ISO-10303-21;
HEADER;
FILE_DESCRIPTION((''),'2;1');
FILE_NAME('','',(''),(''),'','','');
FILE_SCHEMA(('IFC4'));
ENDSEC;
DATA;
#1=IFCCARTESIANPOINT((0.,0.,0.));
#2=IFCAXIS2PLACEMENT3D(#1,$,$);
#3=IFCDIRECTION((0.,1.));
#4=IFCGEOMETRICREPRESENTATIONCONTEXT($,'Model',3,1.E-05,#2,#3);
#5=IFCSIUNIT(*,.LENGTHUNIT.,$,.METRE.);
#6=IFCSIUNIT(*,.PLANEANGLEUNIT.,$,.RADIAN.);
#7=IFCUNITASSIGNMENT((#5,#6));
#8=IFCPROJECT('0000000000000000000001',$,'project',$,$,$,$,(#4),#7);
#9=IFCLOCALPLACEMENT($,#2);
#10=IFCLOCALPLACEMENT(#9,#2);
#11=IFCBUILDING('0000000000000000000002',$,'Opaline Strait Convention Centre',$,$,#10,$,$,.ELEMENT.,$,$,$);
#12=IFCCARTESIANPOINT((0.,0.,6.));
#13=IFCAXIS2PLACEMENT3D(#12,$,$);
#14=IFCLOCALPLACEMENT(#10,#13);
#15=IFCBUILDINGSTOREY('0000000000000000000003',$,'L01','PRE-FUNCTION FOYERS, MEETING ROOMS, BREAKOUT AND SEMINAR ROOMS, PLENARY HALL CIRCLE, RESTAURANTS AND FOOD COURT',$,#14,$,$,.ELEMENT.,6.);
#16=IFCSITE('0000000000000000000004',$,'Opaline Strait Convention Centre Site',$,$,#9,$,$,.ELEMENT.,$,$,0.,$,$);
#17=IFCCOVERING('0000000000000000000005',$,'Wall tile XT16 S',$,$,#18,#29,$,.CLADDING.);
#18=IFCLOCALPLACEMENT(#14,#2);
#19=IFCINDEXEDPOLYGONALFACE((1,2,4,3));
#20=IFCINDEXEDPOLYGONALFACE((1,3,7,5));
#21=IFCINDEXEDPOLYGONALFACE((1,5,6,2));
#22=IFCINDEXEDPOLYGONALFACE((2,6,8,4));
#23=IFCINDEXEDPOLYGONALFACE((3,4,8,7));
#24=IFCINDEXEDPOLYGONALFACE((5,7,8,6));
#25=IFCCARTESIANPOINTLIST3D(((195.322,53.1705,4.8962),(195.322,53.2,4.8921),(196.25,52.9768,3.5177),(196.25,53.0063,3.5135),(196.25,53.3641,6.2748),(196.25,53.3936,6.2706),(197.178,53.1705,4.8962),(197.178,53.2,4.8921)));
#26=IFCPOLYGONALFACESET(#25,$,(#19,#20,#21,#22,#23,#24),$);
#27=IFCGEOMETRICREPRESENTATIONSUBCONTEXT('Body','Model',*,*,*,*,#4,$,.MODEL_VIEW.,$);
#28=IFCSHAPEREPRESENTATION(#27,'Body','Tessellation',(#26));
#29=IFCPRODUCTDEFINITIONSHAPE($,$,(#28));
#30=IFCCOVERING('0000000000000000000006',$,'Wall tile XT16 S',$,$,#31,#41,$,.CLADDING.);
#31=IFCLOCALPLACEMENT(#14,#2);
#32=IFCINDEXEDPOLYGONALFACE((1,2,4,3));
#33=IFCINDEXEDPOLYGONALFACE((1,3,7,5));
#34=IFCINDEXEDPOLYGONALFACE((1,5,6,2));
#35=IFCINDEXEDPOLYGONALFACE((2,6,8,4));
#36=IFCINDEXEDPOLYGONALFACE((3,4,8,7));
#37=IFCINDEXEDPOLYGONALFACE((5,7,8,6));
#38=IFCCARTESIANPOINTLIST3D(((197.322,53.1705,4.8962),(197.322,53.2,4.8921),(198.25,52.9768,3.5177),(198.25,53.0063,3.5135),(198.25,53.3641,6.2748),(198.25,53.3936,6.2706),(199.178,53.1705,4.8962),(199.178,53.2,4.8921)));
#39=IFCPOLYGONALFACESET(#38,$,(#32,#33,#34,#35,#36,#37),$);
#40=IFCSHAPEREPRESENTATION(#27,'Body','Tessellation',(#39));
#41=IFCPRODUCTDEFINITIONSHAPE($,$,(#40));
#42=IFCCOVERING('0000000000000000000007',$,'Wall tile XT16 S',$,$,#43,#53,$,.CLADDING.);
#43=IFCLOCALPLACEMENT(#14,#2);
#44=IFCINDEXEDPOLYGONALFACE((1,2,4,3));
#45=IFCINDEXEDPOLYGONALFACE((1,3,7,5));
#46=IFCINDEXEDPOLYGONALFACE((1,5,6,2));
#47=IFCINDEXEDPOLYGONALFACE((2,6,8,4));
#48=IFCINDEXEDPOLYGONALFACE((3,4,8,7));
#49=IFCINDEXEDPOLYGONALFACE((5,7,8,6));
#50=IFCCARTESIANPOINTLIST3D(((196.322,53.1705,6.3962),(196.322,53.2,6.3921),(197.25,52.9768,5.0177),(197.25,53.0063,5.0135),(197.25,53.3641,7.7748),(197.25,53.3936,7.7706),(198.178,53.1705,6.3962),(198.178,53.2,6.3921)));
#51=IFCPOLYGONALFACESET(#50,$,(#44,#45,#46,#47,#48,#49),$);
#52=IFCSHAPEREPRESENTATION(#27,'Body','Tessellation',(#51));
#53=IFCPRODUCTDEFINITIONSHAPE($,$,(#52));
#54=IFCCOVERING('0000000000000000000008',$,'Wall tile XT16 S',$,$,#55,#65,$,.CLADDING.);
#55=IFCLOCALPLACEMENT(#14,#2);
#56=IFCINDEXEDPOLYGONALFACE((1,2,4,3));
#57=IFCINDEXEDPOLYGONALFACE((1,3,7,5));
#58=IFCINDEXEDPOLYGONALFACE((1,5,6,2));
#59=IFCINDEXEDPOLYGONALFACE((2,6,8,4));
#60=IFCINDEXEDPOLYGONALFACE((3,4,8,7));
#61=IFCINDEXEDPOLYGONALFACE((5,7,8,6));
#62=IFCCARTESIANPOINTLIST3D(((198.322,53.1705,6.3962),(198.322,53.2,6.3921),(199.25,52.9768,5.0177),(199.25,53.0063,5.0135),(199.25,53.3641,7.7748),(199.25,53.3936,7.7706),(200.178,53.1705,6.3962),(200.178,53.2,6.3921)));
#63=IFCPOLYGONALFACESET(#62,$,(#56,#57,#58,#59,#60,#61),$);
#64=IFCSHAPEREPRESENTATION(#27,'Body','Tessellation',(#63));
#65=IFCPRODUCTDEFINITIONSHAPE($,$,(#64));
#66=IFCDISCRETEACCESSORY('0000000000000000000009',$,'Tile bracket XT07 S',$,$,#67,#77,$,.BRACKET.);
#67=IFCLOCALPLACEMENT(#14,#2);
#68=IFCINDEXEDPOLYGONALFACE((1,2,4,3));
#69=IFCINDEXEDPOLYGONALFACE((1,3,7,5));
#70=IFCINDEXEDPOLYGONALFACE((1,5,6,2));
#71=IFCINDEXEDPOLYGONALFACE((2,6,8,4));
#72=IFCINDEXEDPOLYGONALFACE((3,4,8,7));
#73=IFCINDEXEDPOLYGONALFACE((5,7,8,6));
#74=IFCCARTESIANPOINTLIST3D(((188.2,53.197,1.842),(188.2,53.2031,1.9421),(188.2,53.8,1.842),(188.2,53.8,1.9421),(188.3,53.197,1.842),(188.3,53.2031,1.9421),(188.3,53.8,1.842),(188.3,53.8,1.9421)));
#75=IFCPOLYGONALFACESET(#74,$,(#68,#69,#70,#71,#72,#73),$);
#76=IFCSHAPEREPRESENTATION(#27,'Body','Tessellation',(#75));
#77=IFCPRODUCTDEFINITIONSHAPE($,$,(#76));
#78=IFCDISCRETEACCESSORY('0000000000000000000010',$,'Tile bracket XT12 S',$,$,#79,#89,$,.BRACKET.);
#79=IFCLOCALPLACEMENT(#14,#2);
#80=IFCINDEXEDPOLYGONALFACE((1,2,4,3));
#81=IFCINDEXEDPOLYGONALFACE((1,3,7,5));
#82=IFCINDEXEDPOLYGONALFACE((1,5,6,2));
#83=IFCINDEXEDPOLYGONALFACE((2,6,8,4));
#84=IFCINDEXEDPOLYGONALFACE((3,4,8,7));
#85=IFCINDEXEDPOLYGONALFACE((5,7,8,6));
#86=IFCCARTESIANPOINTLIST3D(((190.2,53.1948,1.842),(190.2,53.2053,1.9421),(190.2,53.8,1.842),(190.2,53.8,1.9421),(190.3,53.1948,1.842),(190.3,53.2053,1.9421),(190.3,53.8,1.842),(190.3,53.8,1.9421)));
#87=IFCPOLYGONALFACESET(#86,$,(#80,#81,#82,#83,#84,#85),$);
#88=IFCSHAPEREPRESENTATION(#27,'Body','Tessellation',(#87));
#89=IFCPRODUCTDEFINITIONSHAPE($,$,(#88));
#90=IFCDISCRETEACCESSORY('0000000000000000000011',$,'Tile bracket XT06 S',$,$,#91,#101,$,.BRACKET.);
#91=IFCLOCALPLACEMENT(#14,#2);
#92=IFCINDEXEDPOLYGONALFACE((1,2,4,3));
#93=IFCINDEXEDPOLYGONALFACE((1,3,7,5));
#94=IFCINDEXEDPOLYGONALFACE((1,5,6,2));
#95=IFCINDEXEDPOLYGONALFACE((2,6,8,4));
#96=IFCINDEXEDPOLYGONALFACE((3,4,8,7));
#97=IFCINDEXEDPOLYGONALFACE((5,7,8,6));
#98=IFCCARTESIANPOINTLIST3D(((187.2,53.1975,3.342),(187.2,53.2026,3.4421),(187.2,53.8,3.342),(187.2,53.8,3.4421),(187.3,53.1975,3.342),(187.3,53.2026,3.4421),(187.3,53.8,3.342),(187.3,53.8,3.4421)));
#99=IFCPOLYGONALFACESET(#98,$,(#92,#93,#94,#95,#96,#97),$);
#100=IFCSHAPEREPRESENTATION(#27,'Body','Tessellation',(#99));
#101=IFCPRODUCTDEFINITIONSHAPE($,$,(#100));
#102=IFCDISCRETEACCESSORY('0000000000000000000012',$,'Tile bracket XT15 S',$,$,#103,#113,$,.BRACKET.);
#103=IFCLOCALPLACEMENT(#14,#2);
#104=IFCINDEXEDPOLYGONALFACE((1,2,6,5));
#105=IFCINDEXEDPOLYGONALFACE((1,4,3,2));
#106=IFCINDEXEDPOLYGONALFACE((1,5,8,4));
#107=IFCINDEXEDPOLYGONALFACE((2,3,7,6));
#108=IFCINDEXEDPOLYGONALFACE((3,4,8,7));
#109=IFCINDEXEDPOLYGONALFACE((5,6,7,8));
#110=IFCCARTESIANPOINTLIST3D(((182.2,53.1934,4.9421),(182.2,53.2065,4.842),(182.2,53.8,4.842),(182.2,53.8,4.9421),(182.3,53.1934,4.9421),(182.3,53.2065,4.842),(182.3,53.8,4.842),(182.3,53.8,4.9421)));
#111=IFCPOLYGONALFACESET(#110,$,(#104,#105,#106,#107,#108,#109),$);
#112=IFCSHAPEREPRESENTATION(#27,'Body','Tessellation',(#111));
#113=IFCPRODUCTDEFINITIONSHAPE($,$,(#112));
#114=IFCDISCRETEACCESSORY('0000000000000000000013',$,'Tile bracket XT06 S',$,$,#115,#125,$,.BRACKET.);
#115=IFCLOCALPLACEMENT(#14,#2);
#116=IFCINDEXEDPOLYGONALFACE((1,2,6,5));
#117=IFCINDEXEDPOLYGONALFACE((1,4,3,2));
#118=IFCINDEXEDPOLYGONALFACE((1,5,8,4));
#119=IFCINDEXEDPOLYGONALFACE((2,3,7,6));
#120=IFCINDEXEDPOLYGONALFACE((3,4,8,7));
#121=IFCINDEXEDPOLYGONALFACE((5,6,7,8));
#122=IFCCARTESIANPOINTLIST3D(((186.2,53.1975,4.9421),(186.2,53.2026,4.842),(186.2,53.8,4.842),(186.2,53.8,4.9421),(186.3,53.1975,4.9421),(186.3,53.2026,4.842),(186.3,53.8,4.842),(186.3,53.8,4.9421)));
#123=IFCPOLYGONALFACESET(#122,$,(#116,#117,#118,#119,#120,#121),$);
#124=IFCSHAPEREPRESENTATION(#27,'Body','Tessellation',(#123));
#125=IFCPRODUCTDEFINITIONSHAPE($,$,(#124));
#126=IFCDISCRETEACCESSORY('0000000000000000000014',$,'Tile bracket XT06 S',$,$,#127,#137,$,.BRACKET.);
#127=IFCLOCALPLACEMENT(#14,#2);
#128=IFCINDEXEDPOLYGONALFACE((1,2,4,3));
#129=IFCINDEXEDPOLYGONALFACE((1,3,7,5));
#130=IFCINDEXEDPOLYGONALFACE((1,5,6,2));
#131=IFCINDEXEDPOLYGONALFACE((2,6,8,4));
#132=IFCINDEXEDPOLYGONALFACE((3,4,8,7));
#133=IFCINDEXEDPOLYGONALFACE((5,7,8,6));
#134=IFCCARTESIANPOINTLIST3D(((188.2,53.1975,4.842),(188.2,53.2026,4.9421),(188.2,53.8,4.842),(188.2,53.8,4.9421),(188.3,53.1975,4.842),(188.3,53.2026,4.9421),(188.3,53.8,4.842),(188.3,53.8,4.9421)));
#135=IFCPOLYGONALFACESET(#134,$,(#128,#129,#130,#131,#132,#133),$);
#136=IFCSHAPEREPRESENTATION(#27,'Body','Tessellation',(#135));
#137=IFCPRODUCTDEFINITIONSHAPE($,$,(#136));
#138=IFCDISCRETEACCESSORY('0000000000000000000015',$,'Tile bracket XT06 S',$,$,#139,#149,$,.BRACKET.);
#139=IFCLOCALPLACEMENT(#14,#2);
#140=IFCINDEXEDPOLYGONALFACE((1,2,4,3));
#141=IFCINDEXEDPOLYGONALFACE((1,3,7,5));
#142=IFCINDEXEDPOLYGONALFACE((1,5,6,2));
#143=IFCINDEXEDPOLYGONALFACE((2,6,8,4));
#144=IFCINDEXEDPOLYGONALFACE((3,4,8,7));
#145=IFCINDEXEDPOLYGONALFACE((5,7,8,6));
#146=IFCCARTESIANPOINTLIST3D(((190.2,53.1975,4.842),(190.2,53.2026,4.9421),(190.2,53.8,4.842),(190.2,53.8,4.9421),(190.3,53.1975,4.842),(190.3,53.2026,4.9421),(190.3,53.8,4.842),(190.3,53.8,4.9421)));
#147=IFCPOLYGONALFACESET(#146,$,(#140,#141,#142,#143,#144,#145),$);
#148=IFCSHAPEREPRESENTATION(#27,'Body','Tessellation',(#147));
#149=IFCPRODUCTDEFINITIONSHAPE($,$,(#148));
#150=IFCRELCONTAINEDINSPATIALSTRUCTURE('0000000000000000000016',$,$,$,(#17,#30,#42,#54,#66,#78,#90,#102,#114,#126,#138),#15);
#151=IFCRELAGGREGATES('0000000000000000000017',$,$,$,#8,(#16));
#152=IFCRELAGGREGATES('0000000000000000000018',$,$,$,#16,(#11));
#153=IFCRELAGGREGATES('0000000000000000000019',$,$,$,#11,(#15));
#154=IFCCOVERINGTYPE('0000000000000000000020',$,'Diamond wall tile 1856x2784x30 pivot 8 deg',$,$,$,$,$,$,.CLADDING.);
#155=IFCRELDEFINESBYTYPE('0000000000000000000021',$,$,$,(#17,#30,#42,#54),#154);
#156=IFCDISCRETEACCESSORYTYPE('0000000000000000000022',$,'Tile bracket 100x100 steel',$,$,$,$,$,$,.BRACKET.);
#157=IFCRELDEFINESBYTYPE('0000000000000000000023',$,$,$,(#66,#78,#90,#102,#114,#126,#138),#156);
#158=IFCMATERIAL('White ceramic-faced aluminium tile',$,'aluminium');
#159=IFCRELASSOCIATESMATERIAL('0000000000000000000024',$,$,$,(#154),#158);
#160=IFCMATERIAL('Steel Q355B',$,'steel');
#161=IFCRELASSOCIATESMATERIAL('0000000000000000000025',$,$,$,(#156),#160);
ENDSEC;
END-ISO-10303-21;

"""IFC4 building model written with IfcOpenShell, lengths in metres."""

from ifc_helpers import new_model, si_unit, direction, frame, origin, place, context, subcontext, project, spatial, polyline, outline, extrude, material, material_profile, profile_set, type_object, element, save


model = new_model("IFC4")

# Units and contexts
model_context = context("Model", 3, precision=1e-05, world=origin(), true_north=direction((0.0, 1.0)))
body_context = subcontext(model_context, "Body", "Model", "MODEL_VIEW")
ifc_project = project(units=[si_unit("LENGTHUNIT", "METRE"), si_unit("PLANEANGLEUNIT", "RADIAN")], contexts=[model_context])

# Site, building, storey
site_placement = place(None, origin())
site = spatial("IfcSite", under=ifc_project, at=site_placement, Name="Opaline Strait Convention Centre Site", CompositionType="ELEMENT", RefElevation=0.0)
building_placement = place(site_placement, origin())
building = spatial("IfcBuilding", under=site, at=building_placement, Name="Opaline Strait Convention Centre", CompositionType="ELEMENT")
storey_placement = place(building_placement, frame((0.0, 0.0, 6.0)))
storey = spatial("IfcBuildingStorey", under=building, at=storey_placement, Name="L01", Description="PRE-FUNCTION FOYERS, MEETING ROOMS, BREAKOUT AND SEMINAR ROOMS, PLENARY HALL CIRCLE, RESTAURANTS AND FOOD COURT", CompositionType="ELEMENT", Elevation=6.0)

# Coverings
ifc_material_1 = material(Name="White ceramic-faced aluminium tile", Category="aluminium")
ifc_material_profile_1 = material_profile(ifc_material_1, outline(polyline([(0.928, 0.0), (0.0, 1.3921), (-0.928, 0.0), (0.0, -1.3921), (0.928, 0.0)])), Name="Diamond tile 1856x2784")
ifc_profile_set_1 = profile_set([ifc_material_profile_1], Name="White ceramic-faced aluminium tile")
covering_type_1 = type_object("IfcCoveringType", Name="Diamond wall tile 1856x2784x30 pivot 8 deg", PredefinedType="CLADDING", material=ifc_profile_set_1)
for number, where, z_axis, x_axis, name in (
    (1, (196.25, 53.2, 4.8921), (0.0, -0.990274, 0.139129), (1.0, 0.0, 0.0), "Wall tile XT16 S"),
    (2, (198.25, 53.2, 4.8921), (0.0, -0.990274, 0.139129), (1.0, 0.0, 0.0), "Wall tile XT16 S"),
    (3, (197.25, 53.2, 6.3921), (0.0, -0.990274, 0.139129), (1.0, 0.0, 0.0), "Wall tile XT16 S"),
    (4, (199.25, 53.2, 6.3921), (0.0, -0.990274, 0.139129), (1.0, 0.0, 0.0), "Wall tile XT16 S"),
):
    element("IfcCovering", number, at=place(storey_placement, frame(where, z_axis=z_axis, x_axis=x_axis)), inside=storey, type_object=covering_type_1, Name=name, PredefinedType="CLADDING", context=body_context, shape_type="SweptSolid", body=[
        extrude(outline(polyline([(0.928, 0.0), (0.0, 1.3921), (-0.928, 0.0), (0.0, -1.3921), (0.928, 0.0)])), origin(), (0.0, 0.0, 1.0), 0.0298),
    ])

# Discrete accessories
ifc_material_2 = material(Name="Steel Q355B", Category="steel")
discrete_accessory_type = type_object("IfcDiscreteAccessoryType", Name="Tile bracket 100x100 steel", PredefinedType="BRACKET", material=ifc_material_2)
discrete_accessory_1_placement = place(storey_placement, frame((188.2, 53.8, 1.8921), z_axis=(1.0, 0.0, 0.0), x_axis=(0.0, 1.0, 0.0)))
element("IfcDiscreteAccessory", 5, at=discrete_accessory_1_placement, inside=storey, type_object=discrete_accessory_type, Name="Tile bracket XT07 S", PredefinedType="BRACKET", context=body_context, shape_type="SweptSolid", body=[
    extrude(outline(polyline([(0.0, -0.05), (0.0, 0.05), (-0.5969, 0.05), (-0.603, -0.05), (0.0, -0.05)])), origin(), (0.0, 0.0, 1.0), 0.1001),
])
discrete_accessory_2_placement = place(storey_placement, frame((190.2, 53.8, 1.8921), z_axis=(1.0, 0.0, 0.0), x_axis=(0.0, 1.0, 0.0)))
element("IfcDiscreteAccessory", 6, at=discrete_accessory_2_placement, inside=storey, type_object=discrete_accessory_type, Name="Tile bracket XT12 S", PredefinedType="BRACKET", context=body_context, shape_type="SweptSolid", body=[
    extrude(outline(polyline([(0.0, -0.05), (0.0, 0.05), (-0.5947, 0.05), (-0.6052, -0.05), (0.0, -0.05)])), origin(), (0.0, 0.0, 1.0), 0.1001),
])
discrete_accessory_3_placement = place(storey_placement, frame((187.2, 53.8, 3.3921), z_axis=(1.0, 0.0, 0.0), x_axis=(0.0, 1.0, 0.0)))
element("IfcDiscreteAccessory", 7, at=discrete_accessory_3_placement, inside=storey, type_object=discrete_accessory_type, Name="Tile bracket XT06 S", PredefinedType="BRACKET", context=body_context, shape_type="SweptSolid", body=[
    extrude(outline(polyline([(0.0, -0.05), (0.0, 0.05), (-0.5974, 0.05), (-0.6025, -0.05), (0.0, -0.05)])), origin(), (0.0, 0.0, 1.0), 0.1001),
])
discrete_accessory_4_placement = place(storey_placement, frame((182.2, 53.8, 4.8921), z_axis=(1.0, 0.0, 0.0), x_axis=(0.0, 1.0, 0.0)))
element("IfcDiscreteAccessory", 8, at=discrete_accessory_4_placement, inside=storey, type_object=discrete_accessory_type, Name="Tile bracket XT15 S", PredefinedType="BRACKET", context=body_context, shape_type="SweptSolid", body=[
    extrude(outline(polyline([(0.0, -0.05), (0.0, 0.05), (-0.6067, 0.05), (-0.5935, -0.05), (0.0, -0.05)])), origin(), (0.0, 0.0, 1.0), 0.1001),
])
discrete_accessory_5_placement = place(storey_placement, frame((186.2, 53.8, 4.8921), z_axis=(1.0, 0.0, 0.0), x_axis=(0.0, 1.0, 0.0)))
element("IfcDiscreteAccessory", 9, at=discrete_accessory_5_placement, inside=storey, type_object=discrete_accessory_type, Name="Tile bracket XT06 S", PredefinedType="BRACKET", context=body_context, shape_type="SweptSolid", body=[
    extrude(outline(polyline([(0.0, -0.05), (0.0, 0.05), (-0.6025, 0.05), (-0.5974, -0.05), (0.0, -0.05)])), origin(), (0.0, 0.0, 1.0), 0.1001),
])
for number, where, z_axis, x_axis, name in (
    (10, (188.2, 53.8, 4.8921), (1.0, 0.0, 0.0), (0.0, 1.0, 0.0), "Tile bracket XT06 S"),
    (11, (190.2, 53.8, 4.8921), (1.0, 0.0, 0.0), (0.0, 1.0, 0.0), "Tile bracket XT06 S"),
):
    element("IfcDiscreteAccessory", number, at=place(storey_placement, frame(where, z_axis=z_axis, x_axis=x_axis)), inside=storey, type_object=discrete_accessory_type, Name=name, PredefinedType="BRACKET", context=body_context, shape_type="SweptSolid", body=[
        extrude(outline(polyline([(0.0, -0.05), (0.0, 0.05), (-0.5974, 0.05), (-0.6025, -0.05), (0.0, -0.05)])), origin(), (0.0, 0.0, 1.0), 0.1001),
    ])

save(model, "model.ifc")
